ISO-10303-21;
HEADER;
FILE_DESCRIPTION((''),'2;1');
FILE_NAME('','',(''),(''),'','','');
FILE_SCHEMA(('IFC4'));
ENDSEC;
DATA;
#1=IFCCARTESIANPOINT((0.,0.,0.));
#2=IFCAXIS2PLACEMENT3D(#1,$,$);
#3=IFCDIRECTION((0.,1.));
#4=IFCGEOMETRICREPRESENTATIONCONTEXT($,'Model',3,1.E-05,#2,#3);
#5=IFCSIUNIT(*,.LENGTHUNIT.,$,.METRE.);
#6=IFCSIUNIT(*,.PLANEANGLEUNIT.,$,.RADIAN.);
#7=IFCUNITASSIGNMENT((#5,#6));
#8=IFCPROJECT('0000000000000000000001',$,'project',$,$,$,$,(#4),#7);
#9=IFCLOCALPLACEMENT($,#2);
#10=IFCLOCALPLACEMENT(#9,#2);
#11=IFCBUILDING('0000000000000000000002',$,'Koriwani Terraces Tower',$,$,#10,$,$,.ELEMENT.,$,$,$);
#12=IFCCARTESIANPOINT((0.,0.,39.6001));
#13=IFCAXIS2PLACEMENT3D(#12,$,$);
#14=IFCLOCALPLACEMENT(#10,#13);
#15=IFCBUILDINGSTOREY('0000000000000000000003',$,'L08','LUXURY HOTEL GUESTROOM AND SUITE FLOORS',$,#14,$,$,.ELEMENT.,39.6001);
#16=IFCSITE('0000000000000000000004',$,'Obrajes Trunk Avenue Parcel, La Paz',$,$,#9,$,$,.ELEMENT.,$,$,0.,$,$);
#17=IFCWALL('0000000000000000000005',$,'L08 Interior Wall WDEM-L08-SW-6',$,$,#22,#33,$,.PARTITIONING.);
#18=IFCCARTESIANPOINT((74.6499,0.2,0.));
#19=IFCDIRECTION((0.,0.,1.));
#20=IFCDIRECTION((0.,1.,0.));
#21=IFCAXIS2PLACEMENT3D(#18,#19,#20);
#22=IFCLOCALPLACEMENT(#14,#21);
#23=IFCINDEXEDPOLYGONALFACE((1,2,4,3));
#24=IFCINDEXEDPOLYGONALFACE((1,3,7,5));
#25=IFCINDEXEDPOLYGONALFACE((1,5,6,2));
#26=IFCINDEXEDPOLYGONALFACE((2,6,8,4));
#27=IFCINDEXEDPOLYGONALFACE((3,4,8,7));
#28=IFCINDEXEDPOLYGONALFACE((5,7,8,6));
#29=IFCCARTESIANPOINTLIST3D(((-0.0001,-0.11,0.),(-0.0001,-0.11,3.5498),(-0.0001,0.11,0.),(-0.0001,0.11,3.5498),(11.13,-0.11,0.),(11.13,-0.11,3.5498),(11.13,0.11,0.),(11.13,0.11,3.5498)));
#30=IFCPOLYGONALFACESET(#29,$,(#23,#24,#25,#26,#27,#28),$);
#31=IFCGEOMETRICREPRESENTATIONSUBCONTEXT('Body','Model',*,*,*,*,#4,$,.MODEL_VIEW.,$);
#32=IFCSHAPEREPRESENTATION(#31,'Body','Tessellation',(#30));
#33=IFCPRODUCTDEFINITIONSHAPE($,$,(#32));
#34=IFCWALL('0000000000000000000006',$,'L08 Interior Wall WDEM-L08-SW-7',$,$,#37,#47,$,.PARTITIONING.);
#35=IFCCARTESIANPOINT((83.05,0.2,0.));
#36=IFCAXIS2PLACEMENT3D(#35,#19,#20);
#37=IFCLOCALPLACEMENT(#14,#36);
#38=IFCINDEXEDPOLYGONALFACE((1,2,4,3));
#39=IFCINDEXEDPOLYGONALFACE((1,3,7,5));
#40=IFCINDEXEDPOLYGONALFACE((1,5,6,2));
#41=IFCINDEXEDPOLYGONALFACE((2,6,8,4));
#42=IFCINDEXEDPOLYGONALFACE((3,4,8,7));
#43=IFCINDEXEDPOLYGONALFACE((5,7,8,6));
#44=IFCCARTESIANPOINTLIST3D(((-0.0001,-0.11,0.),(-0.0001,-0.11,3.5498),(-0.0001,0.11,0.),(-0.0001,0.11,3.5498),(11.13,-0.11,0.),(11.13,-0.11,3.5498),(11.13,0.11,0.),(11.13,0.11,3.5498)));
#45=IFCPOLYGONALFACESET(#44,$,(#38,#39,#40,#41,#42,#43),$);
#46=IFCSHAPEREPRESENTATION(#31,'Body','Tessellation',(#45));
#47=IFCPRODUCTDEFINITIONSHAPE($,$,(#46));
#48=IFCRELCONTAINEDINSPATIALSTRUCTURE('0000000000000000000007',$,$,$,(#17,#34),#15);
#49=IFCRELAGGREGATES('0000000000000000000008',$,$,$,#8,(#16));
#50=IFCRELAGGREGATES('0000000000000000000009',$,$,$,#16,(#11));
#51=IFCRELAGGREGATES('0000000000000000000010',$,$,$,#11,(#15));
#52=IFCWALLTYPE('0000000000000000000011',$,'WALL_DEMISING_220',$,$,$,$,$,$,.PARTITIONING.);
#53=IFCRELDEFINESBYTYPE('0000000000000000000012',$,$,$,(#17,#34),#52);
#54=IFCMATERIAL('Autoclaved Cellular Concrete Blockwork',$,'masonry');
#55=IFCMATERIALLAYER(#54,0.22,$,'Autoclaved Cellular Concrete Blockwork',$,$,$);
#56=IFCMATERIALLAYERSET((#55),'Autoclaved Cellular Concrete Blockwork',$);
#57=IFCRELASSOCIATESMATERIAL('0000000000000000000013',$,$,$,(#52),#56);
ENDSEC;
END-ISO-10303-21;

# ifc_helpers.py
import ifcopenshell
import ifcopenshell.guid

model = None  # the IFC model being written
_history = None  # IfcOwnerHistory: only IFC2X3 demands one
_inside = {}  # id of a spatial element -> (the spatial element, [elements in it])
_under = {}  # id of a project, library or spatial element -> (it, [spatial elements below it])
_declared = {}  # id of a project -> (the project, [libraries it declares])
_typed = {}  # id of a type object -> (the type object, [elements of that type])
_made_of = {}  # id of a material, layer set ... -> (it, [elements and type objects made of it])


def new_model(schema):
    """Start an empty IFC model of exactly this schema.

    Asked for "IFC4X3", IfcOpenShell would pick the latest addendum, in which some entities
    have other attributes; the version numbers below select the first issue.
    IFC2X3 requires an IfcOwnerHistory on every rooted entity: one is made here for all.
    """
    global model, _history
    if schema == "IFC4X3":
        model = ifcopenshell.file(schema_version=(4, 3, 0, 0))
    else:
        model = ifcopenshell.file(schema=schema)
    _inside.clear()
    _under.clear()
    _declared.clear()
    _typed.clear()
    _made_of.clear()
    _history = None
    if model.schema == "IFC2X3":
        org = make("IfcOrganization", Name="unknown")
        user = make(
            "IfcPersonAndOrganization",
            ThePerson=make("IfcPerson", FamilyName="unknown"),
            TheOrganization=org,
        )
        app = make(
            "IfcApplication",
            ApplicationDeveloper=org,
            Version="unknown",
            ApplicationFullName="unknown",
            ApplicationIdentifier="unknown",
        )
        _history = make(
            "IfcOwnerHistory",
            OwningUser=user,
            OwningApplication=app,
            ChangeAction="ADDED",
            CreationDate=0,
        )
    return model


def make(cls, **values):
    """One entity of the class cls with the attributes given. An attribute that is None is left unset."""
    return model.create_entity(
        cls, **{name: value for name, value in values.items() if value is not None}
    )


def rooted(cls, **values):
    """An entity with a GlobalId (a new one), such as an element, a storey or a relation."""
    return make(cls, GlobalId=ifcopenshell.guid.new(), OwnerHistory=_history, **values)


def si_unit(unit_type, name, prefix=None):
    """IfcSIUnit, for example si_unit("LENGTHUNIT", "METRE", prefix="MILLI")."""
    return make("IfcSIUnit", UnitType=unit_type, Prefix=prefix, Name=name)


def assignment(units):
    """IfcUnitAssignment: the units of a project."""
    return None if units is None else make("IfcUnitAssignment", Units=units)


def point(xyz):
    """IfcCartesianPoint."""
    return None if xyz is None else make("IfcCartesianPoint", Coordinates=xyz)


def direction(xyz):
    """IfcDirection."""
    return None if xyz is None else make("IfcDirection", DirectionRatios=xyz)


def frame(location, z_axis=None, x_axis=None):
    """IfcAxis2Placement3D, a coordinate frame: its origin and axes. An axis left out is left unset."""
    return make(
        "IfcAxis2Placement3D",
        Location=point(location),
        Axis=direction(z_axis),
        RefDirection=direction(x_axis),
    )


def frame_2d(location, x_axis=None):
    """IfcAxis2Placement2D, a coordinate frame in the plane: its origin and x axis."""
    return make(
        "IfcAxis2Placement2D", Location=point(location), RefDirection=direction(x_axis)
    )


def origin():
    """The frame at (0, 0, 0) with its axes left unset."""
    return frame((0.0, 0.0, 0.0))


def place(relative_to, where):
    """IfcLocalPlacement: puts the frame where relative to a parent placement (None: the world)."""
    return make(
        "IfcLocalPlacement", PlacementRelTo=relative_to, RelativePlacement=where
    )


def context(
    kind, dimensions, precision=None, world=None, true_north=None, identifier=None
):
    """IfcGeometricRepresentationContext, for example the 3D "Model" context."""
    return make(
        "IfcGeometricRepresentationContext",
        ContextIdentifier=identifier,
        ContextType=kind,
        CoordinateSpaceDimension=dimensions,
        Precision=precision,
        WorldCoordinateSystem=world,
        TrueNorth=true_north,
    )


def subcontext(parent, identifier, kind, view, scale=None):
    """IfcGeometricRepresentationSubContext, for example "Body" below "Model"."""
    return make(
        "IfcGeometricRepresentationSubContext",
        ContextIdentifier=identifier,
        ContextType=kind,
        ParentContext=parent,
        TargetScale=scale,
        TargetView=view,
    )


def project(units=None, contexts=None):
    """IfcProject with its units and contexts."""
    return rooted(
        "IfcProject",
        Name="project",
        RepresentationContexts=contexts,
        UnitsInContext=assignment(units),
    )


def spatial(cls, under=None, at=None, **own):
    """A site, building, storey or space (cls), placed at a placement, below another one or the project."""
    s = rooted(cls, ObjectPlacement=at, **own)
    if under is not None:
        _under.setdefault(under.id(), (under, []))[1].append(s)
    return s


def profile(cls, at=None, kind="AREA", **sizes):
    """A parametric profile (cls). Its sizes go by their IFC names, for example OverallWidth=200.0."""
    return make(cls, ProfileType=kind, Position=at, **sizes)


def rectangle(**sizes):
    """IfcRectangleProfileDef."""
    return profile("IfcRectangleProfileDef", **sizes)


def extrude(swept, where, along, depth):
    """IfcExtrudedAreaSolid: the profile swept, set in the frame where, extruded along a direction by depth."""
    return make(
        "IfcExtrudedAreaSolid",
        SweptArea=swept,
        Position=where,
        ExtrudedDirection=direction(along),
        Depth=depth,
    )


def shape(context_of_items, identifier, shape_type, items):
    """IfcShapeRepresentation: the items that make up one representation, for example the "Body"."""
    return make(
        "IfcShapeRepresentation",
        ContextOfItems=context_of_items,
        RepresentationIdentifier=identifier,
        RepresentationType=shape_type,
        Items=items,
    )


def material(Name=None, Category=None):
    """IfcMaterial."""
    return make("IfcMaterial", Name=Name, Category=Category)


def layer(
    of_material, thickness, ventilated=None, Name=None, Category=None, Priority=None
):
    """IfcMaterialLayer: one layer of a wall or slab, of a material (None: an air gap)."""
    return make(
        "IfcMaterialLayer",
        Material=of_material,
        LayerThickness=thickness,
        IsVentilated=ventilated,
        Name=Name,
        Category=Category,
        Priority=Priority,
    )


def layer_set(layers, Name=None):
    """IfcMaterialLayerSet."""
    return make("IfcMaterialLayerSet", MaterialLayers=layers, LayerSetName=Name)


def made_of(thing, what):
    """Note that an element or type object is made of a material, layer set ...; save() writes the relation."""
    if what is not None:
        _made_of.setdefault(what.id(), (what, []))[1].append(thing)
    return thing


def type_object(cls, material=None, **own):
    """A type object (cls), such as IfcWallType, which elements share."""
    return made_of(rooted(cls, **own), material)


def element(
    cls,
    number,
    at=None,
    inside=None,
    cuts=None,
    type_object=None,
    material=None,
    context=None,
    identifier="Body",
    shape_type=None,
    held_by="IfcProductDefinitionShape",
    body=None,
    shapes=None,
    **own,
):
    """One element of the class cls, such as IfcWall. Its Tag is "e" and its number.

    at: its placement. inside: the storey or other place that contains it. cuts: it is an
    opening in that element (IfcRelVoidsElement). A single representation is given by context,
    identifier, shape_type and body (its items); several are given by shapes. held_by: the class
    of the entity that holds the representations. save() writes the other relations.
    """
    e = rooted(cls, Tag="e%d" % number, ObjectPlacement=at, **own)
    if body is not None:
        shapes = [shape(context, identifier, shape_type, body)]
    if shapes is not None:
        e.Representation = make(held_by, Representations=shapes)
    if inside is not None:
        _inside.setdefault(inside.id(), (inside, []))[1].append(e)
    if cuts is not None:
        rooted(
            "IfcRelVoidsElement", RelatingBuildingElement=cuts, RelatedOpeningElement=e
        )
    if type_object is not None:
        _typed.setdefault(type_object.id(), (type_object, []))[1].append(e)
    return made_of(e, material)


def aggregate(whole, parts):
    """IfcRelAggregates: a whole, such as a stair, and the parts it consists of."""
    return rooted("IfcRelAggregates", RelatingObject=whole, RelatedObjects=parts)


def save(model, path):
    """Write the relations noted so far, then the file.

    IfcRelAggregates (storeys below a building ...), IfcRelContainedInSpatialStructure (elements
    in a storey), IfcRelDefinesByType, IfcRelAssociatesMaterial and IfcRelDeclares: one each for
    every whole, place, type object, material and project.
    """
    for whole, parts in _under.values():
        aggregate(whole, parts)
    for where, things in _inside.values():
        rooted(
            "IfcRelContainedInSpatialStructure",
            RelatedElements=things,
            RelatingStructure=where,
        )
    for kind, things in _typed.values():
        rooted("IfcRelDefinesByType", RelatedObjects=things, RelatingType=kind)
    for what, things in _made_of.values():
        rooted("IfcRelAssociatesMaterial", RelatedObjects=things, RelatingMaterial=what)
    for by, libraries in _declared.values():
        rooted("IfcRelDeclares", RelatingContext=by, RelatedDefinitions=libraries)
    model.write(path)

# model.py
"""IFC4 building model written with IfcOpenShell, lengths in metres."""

from ifc_helpers import new_model, si_unit, direction, frame, frame_2d, origin, place, context, subcontext, project, spatial, rectangle, extrude, material, layer, layer_set, type_object, element, save


model = new_model("IFC4")

# Units and contexts
model_context = context("Model", 3, precision=1e-05, world=origin(), true_north=direction((0.0, 1.0)))
body_context = subcontext(model_context, "Body", "Model", "MODEL_VIEW")
ifc_project = project(units=[si_unit("LENGTHUNIT", "METRE"), si_unit("PLANEANGLEUNIT", "RADIAN")], contexts=[model_context])

# Site, building, storey
site_placement = place(None, origin())
site = spatial("IfcSite", under=ifc_project, at=site_placement, Name="Obrajes Trunk Avenue Parcel, La Paz", CompositionType="ELEMENT", RefElevation=0.0)
building_placement = place(site_placement, origin())
building = spatial("IfcBuilding", under=site, at=building_placement, Name="Koriwani Terraces Tower", CompositionType="ELEMENT")
storey_placement = place(building_placement, frame((0.0, 0.0, 39.6001)))
storey = spatial("IfcBuildingStorey", under=building, at=storey_placement, Name="L08", Description="LUXURY HOTEL GUESTROOM AND SUITE FLOORS", CompositionType="ELEMENT", Elevation=39.6001)

# Walls
ifc_material_1 = material(Name="Autoclaved Cellular Concrete Blockwork", Category="masonry")
ifc_layer_1 = layer(ifc_material_1, 0.22, Name="Autoclaved Cellular Concrete Blockwork")
ifc_layer_set_1 = layer_set([ifc_layer_1], Name="Autoclaved Cellular Concrete Blockwork")
wall_type_1 = type_object("IfcWallType", Name="WALL_DEMISING_220", PredefinedType="PARTITIONING", material=ifc_layer_set_1)
for number, where, z_axis, x_axis, name in (
    (1, (74.6499, 0.2, 0.0), (0.0, 0.0, 1.0), (0.0, 1.0, 0.0), "L08 Interior Wall WDEM-L08-SW-6"),
    (2, (83.05, 0.2, 0.0), (0.0, 0.0, 1.0), (0.0, 1.0, 0.0), "L08 Interior Wall WDEM-L08-SW-7"),
):
    element("IfcWall", number, at=place(storey_placement, frame(where, z_axis=z_axis, x_axis=x_axis)), inside=storey, type_object=wall_type_1, Name=name, PredefinedType="PARTITIONING", context=body_context, shape_type="SweptSolid", body=[
        extrude(rectangle(XDim=11.1301, YDim=0.22, at=frame_2d((5.5649, 0.0))), origin(), (0.0, 0.0, 1.0), 3.5498),
    ])

save(model, "model.ifc")
